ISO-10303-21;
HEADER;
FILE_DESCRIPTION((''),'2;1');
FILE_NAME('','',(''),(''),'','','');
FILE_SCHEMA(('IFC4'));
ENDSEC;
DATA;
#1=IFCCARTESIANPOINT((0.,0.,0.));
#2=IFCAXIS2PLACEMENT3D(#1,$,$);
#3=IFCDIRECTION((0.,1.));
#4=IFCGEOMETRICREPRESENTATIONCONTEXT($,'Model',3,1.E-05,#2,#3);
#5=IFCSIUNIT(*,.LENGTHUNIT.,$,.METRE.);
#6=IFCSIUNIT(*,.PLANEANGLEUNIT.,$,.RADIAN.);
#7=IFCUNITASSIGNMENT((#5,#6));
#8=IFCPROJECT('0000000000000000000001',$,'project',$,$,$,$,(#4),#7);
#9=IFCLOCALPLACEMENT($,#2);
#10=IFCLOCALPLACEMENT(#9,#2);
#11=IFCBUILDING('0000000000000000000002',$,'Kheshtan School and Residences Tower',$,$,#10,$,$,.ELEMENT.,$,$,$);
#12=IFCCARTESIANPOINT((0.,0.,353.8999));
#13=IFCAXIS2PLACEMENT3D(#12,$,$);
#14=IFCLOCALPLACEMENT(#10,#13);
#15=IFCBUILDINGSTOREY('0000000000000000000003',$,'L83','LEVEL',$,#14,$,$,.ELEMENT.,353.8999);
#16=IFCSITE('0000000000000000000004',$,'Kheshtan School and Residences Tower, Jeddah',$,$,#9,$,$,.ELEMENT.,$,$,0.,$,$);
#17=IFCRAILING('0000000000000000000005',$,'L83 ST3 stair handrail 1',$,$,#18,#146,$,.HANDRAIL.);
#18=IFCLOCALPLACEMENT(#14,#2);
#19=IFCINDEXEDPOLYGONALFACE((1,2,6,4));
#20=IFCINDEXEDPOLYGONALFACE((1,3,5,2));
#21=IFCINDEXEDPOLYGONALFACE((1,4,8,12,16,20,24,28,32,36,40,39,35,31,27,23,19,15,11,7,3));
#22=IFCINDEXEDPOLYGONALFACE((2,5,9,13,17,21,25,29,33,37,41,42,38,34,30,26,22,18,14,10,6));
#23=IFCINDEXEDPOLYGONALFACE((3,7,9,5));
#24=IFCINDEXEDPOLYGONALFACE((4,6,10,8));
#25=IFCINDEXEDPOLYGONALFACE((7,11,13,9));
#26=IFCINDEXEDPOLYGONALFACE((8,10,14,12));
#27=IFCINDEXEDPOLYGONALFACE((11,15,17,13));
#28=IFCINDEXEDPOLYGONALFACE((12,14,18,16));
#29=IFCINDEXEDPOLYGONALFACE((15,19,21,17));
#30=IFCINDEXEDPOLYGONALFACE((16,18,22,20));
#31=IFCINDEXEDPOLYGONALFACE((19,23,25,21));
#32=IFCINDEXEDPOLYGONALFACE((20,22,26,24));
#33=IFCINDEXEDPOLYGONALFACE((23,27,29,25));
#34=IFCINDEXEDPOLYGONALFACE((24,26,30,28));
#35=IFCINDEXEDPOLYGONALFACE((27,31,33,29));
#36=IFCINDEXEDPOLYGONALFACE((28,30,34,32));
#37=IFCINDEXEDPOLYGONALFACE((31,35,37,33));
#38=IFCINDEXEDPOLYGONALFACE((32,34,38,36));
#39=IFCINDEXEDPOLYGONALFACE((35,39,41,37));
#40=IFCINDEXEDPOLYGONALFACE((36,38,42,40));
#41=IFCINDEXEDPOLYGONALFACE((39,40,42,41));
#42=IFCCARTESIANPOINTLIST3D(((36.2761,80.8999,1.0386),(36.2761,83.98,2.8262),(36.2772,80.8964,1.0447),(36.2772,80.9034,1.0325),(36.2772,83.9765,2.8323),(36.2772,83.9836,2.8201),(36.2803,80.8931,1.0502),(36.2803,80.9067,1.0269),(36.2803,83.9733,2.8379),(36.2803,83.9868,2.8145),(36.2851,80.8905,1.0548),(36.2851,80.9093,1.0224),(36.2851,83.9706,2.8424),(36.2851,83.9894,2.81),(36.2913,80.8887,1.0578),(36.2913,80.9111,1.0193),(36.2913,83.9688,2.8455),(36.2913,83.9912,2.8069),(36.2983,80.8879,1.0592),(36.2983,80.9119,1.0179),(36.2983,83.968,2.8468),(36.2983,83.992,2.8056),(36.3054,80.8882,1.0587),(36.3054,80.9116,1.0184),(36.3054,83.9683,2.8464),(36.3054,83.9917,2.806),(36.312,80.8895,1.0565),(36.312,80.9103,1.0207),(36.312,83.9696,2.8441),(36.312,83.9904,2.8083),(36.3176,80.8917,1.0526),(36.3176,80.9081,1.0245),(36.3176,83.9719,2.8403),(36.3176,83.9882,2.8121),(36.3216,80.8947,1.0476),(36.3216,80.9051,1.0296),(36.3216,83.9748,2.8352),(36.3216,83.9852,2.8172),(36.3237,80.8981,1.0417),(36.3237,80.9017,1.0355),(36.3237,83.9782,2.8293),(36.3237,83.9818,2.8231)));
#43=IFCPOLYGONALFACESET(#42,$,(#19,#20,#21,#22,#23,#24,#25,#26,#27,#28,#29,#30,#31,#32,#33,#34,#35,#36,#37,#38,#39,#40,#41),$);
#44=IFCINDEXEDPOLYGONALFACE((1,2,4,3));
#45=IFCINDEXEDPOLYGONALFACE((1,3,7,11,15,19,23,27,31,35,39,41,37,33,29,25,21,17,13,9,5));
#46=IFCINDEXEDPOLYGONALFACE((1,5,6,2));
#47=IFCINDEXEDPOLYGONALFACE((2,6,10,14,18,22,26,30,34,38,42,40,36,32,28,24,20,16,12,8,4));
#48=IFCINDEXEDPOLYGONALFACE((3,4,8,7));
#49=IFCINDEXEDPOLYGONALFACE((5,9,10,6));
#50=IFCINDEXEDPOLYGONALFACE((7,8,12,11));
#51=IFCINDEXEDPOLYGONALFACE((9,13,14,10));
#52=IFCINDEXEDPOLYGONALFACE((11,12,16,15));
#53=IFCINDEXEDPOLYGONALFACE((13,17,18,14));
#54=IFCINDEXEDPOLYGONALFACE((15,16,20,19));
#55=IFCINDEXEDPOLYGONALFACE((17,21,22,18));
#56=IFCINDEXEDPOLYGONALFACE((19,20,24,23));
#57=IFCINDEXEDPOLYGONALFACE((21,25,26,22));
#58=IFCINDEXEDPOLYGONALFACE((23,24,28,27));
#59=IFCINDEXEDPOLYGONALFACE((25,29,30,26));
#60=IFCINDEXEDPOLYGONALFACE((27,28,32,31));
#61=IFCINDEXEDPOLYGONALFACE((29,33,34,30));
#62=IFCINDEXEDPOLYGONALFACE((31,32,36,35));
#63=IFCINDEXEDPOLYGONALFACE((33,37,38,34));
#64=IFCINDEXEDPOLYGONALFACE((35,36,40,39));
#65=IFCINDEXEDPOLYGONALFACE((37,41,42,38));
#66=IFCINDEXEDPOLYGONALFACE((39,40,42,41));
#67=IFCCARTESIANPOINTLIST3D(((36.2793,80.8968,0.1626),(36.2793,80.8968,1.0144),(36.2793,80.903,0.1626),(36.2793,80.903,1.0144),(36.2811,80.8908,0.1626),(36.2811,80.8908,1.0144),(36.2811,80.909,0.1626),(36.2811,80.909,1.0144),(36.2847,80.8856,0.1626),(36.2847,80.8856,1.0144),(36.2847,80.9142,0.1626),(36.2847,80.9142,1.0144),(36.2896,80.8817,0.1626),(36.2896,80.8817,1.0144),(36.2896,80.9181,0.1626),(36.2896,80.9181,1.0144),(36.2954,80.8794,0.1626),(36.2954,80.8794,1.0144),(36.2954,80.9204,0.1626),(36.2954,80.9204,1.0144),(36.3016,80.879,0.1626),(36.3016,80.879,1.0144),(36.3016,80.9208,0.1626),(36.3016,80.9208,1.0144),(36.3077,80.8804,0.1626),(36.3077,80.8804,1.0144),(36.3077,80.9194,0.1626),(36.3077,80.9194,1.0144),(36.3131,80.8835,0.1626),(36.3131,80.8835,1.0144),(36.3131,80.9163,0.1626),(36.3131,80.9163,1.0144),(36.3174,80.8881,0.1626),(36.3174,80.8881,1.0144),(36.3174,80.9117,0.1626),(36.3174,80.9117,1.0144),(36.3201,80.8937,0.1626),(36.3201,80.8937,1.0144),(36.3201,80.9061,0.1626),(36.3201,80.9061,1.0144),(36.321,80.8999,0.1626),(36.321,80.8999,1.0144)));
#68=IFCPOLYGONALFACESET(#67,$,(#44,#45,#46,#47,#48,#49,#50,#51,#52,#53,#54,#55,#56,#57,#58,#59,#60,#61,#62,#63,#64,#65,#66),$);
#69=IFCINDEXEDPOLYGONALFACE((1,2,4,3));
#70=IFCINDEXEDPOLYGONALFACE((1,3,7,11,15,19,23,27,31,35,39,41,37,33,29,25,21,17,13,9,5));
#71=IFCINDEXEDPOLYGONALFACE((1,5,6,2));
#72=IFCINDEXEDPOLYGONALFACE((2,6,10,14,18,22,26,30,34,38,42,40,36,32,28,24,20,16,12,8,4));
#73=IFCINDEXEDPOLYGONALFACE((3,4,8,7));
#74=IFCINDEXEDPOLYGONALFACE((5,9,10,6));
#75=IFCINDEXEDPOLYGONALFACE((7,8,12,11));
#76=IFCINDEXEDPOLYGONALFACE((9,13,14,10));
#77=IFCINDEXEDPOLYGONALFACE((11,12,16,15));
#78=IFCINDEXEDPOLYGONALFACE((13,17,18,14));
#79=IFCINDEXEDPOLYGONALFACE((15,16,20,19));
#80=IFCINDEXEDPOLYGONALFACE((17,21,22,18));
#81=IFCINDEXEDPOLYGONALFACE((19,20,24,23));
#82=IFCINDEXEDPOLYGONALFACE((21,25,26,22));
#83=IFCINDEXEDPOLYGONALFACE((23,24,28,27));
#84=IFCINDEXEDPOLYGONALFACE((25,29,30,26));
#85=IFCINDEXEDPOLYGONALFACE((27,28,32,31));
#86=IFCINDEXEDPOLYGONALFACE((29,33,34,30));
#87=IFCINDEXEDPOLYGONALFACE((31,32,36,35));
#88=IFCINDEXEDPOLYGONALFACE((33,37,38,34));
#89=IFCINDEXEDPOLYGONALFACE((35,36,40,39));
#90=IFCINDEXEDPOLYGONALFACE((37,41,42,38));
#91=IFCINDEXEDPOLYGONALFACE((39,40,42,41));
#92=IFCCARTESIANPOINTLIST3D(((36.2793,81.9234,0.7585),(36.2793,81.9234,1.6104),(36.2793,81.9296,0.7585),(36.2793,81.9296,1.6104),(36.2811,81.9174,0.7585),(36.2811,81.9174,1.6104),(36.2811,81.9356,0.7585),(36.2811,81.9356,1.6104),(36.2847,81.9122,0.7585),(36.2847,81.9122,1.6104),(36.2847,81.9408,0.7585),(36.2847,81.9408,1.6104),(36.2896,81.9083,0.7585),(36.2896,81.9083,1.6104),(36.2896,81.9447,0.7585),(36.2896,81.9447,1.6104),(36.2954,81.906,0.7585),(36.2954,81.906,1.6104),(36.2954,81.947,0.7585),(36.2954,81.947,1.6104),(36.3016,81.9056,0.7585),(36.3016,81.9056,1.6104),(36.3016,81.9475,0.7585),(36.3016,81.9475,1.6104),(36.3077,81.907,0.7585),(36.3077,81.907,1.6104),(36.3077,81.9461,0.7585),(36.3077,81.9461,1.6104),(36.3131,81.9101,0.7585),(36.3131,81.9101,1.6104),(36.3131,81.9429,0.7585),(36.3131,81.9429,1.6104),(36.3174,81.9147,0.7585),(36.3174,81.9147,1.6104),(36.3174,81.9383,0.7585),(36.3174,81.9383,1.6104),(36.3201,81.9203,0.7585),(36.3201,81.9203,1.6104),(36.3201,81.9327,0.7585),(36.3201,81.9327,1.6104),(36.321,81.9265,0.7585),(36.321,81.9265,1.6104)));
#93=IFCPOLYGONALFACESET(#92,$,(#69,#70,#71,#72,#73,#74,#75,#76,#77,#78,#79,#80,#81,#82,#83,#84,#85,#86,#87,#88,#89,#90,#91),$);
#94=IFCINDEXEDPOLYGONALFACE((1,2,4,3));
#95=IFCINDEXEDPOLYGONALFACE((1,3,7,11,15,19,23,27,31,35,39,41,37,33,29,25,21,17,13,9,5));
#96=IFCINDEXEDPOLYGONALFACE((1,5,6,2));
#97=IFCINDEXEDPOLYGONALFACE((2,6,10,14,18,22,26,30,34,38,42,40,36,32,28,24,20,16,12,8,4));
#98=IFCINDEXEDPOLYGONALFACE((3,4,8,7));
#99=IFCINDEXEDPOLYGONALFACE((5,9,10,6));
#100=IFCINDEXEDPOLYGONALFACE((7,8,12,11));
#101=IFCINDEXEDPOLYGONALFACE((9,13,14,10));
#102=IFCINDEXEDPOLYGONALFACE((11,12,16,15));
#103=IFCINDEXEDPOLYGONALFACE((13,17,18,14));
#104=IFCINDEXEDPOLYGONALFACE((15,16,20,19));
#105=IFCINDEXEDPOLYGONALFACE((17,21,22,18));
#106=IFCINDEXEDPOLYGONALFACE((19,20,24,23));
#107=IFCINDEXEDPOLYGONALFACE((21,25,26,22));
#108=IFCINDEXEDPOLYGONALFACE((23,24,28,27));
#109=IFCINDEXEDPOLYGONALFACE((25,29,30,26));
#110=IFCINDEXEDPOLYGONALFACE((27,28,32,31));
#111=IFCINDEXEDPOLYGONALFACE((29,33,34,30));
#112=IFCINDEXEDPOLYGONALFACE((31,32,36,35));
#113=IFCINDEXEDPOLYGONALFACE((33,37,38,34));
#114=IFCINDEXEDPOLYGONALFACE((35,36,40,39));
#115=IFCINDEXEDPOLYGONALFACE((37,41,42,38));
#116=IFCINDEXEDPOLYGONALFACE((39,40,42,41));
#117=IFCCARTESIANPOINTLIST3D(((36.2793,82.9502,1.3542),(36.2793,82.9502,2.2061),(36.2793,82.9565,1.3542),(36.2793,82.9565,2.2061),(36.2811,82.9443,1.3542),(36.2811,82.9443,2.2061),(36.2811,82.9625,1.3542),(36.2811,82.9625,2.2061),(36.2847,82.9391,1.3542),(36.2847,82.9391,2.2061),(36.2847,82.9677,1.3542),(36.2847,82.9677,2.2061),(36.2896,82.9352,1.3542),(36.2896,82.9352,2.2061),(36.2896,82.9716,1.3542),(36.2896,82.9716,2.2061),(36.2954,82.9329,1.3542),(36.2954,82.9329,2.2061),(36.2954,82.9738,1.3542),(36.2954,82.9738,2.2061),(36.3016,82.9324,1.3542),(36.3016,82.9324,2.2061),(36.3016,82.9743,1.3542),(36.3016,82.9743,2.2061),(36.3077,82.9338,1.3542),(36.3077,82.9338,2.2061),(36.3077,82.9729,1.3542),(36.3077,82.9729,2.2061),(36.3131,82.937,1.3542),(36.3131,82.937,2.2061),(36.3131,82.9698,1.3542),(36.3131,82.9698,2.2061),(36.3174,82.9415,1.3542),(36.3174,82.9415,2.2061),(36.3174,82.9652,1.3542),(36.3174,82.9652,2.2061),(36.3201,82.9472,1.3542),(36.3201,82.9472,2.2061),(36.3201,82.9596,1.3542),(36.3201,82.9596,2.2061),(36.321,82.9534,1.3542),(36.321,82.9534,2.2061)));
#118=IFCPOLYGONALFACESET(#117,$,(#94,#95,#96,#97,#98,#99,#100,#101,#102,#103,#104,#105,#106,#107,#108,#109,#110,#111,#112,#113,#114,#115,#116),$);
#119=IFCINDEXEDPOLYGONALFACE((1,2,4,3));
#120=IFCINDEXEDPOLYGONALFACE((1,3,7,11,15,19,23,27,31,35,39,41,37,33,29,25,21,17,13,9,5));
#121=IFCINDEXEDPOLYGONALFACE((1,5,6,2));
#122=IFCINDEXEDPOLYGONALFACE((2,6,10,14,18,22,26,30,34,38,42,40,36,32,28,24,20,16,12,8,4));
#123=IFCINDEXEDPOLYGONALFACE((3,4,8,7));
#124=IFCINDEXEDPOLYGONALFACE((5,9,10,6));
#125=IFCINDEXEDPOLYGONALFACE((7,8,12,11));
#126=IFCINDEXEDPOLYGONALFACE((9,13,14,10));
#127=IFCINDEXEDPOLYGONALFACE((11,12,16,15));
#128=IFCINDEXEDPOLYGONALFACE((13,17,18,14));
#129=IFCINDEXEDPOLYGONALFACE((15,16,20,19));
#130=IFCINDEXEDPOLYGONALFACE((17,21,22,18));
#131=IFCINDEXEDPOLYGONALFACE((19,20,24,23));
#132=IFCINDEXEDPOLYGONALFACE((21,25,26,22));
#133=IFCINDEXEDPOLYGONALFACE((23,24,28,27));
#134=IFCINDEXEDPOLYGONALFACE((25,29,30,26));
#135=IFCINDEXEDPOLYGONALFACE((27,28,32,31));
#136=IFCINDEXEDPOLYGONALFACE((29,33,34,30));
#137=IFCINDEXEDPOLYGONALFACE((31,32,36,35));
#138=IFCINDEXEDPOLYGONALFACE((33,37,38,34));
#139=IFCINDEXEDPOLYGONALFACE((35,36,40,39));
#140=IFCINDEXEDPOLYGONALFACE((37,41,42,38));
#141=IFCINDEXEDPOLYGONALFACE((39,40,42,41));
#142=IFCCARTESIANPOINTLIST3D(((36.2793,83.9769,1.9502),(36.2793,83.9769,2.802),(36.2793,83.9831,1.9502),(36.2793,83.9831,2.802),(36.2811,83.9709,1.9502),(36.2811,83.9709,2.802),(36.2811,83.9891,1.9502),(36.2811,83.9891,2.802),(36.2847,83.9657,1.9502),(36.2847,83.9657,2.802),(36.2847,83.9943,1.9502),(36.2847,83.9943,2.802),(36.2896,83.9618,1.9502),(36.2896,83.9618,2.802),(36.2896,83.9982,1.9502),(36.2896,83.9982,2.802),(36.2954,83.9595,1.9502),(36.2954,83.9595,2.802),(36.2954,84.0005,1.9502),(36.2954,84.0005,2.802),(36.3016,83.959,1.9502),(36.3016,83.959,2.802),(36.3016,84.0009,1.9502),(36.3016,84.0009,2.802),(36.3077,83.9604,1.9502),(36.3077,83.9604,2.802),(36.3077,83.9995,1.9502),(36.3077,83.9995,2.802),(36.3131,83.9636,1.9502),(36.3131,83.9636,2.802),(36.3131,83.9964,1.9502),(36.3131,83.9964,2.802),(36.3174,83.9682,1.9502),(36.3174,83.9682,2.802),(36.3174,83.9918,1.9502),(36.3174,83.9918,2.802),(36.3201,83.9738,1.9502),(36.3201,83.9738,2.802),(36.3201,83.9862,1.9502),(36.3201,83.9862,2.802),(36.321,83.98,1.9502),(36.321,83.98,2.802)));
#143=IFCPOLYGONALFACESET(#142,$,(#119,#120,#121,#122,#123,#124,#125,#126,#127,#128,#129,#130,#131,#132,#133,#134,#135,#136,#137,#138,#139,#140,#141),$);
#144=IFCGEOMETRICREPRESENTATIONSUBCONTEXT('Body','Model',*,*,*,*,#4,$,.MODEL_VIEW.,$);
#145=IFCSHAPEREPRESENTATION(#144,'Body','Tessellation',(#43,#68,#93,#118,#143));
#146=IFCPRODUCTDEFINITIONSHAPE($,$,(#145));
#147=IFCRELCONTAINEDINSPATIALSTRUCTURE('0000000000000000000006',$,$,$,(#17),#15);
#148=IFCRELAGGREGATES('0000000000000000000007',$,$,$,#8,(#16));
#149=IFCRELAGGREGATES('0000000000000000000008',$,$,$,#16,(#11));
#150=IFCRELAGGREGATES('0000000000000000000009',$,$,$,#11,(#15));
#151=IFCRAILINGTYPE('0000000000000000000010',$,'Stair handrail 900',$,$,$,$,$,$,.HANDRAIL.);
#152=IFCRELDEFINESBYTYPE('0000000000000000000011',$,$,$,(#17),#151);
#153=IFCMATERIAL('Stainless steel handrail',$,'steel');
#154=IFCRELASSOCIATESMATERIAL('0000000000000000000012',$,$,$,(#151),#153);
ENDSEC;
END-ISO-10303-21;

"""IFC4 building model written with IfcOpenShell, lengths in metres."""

from ifc_helpers import new_model, si_unit, direction, frame, origin, origin_2d, place, context, subcontext, project, spatial, circle, extrude, material, type_object, element, save


model = new_model("IFC4")

# Units and contexts
model_context = context("Model", 3, precision=1e-05, world=origin(), true_north=direction((0.0, 1.0)))
body_context = subcontext(model_context, "Body", "Model", "MODEL_VIEW")
ifc_project = project(units=[si_unit("LENGTHUNIT", "METRE"), si_unit("PLANEANGLEUNIT", "RADIAN")], contexts=[model_context])

# Site, building, storey
site_placement = place(None, origin())
site = spatial("IfcSite", under=ifc_project, at=site_placement, Name="Kheshtan School and Residences Tower, Jeddah", CompositionType="ELEMENT", RefElevation=0.0)
building_placement = place(site_placement, origin())
building = spatial("IfcBuilding", under=site, at=building_placement, Name="Kheshtan School and Residences Tower", CompositionType="ELEMENT")
storey_placement = place(building_placement, frame((0.0, 0.0, 353.8999)))
storey = spatial("IfcBuildingStorey", under=building, at=storey_placement, Name="L83", Description="LEVEL", CompositionType="ELEMENT", Elevation=353.8999)

# Railing
ifc_material_1 = material(Name="Stainless steel handrail", Category="steel")
railing_type_1 = type_object("IfcRailingType", Name="Stair handrail 900", PredefinedType="HANDRAIL", material=ifc_material_1)
railing_1_placement = place(storey_placement, frame((36.3, 80.8999, 0.1626)))
element("IfcRailing", 1, at=railing_1_placement, inside=storey, type_object=railing_type_1, Name="L83 ST3 stair handrail 1", PredefinedType="HANDRAIL", context=body_context, shape_type="SweptSolid", body=[
    extrude(circle(Radius=0.0239, at=origin_2d()), frame((0.0, 0.0, 0.876), z_axis=(0.0, 0.864891, 0.50196), x_axis=(-1.0, 0.0, 0.0)), (0.0, 0.0, 1.0), 3.5613),
    extrude(circle(Radius=0.021, at=origin_2d()), origin(), (0.0, 0.0, 1.0), 0.8518),
    extrude(circle(Radius=0.021, at=origin_2d()), frame((0.0, 1.0266, 0.5959)), (0.0, 0.0, 1.0), 0.8518),
    extrude(circle(Radius=0.021, at=origin_2d()), frame((0.0, 2.0535, 1.1917)), (0.0, 0.0, 1.0), 0.8518),
    extrude(circle(Radius=0.021, at=origin_2d()), frame((0.0, 3.0801, 1.7876)), (0.0, 0.0, 1.0), 0.8518),
])

save(model, "model.ifc")
